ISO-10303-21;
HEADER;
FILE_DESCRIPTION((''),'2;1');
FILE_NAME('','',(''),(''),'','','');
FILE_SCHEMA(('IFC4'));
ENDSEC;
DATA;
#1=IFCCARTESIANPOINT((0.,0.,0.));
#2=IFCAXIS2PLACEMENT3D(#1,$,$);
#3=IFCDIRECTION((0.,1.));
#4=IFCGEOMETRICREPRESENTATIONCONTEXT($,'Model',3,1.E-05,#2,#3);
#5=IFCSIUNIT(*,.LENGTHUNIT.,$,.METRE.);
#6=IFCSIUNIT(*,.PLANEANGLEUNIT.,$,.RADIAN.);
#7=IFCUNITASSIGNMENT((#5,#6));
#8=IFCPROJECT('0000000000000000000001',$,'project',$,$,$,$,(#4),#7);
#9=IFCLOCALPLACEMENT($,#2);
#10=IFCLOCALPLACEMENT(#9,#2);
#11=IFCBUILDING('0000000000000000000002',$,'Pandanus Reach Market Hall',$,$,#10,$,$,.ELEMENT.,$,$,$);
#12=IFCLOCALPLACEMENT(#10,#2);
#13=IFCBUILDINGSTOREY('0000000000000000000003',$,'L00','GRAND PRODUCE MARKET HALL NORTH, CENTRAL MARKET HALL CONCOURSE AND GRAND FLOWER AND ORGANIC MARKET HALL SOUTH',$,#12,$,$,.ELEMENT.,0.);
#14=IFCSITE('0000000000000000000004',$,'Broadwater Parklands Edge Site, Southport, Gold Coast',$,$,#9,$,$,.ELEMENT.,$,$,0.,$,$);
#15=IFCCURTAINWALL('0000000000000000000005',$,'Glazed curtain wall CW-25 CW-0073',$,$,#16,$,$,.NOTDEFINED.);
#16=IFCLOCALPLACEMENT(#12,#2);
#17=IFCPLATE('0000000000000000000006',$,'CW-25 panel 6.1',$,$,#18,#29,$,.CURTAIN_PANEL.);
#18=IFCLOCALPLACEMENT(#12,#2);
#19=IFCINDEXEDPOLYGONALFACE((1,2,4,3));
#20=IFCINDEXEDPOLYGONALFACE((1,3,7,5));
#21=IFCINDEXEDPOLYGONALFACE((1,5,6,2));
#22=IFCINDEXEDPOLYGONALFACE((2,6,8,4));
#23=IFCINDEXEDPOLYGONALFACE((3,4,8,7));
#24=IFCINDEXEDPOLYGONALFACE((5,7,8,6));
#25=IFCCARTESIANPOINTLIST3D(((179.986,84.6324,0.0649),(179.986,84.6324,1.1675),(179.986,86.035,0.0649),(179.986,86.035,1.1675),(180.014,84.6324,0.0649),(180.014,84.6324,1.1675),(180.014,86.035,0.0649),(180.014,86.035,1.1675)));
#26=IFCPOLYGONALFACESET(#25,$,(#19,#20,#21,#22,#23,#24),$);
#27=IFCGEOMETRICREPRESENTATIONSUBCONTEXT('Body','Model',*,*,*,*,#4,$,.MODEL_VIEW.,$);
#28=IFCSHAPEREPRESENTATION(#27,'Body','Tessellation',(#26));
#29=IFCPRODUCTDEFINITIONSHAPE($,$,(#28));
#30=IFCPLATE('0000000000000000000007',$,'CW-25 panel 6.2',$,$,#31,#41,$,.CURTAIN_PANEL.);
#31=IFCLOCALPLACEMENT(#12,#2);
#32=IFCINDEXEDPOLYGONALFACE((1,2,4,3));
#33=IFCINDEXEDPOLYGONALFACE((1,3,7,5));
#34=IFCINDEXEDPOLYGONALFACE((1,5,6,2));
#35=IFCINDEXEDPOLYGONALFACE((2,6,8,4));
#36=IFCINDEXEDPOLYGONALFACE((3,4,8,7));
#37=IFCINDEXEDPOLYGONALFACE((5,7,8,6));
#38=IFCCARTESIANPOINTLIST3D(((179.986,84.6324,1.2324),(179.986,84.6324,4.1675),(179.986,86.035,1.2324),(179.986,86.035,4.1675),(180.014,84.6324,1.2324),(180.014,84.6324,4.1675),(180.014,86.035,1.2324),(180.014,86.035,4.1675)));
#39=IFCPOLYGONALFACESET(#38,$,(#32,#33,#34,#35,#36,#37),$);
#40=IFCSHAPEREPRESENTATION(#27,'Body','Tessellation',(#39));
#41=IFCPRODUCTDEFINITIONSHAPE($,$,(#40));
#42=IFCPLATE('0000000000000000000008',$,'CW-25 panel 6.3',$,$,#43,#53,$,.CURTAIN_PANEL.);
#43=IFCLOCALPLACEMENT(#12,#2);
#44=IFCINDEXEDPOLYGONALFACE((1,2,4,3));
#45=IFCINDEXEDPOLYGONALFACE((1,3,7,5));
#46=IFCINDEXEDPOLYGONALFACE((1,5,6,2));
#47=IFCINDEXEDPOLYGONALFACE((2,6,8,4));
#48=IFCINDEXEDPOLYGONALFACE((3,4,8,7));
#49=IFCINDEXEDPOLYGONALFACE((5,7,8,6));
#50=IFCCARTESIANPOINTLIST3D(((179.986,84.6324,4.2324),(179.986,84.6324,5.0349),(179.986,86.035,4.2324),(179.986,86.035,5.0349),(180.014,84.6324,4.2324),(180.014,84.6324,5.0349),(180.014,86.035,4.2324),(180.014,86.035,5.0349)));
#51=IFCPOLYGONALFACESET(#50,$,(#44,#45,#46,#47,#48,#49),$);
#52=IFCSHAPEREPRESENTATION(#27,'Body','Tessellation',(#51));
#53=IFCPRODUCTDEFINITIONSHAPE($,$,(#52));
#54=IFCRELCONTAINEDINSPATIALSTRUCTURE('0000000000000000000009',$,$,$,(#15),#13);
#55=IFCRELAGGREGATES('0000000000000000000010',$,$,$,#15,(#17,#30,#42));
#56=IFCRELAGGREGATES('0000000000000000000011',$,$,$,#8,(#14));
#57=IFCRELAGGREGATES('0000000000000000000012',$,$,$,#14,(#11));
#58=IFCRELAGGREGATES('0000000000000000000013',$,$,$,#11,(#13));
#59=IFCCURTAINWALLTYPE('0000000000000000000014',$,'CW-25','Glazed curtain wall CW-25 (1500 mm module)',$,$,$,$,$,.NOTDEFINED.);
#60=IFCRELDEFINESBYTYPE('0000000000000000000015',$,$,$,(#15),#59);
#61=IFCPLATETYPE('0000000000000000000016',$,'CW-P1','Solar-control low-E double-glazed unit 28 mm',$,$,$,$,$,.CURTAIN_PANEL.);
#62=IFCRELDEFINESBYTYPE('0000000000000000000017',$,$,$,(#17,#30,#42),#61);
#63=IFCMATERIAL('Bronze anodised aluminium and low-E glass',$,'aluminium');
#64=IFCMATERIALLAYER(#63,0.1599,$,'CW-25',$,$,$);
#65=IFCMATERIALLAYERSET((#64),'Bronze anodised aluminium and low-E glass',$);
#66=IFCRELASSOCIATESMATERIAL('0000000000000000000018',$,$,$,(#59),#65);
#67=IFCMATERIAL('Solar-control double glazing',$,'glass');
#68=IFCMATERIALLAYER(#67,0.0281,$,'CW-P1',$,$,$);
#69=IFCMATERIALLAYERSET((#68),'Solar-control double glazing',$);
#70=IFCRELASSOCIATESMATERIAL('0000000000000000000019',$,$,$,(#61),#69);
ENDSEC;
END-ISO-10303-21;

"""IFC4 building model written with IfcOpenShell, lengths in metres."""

from ifc_helpers import new_model, si_unit, direction, frame, origin, origin_2d, place, context, subcontext, project, spatial, rectangle, extrude, material, layer, layer_set, type_object, element, aggregate, save


model = new_model("IFC4")

# Units and contexts
model_context = context("Model", 3, precision=1e-05, world=origin(), true_north=direction((0.0, 1.0)))
body_context = subcontext(model_context, "Body", "Model", "MODEL_VIEW")
ifc_project = project(units=[si_unit("LENGTHUNIT", "METRE"), si_unit("PLANEANGLEUNIT", "RADIAN")], contexts=[model_context])

# Site, building, storey
site_placement = place(None, origin())
site = spatial("IfcSite", under=ifc_project, at=site_placement, Name="Broadwater Parklands Edge Site, Southport, Gold Coast", CompositionType="ELEMENT", RefElevation=0.0)
building_placement = place(site_placement, origin())
building = spatial("IfcBuilding", under=site, at=building_placement, Name="Pandanus Reach Market Hall", CompositionType="ELEMENT")
storey_placement = place(building_placement, origin())
storey = spatial("IfcBuildingStorey", under=building, at=storey_placement, Name="L00", Description="GRAND PRODUCE MARKET HALL NORTH, CENTRAL MARKET HALL CONCOURSE AND GRAND FLOWER AND ORGANIC MARKET HALL SOUTH", CompositionType="ELEMENT", Elevation=0.0)

# Curtain wall
ifc_material_1 = material(Name="Bronze anodised aluminium and low-E glass", Category="aluminium")
ifc_layer_1 = layer(ifc_material_1, 0.1599, Name="CW-25")
ifc_layer_set_1 = layer_set([ifc_layer_1], Name="Bronze anodised aluminium and low-E glass")
curtain_wall_type = type_object("IfcCurtainWallType", Name="CW-25", Description="Glazed curtain wall CW-25 (1500 mm module)", PredefinedType="NOTDEFINED", material=ifc_layer_set_1)
curtain_wall_placement = place(storey_placement, origin())
curtain_wall = element("IfcCurtainWall", 1, at=curtain_wall_placement, inside=storey, type_object=curtain_wall_type, Name="Glazed curtain wall CW-25 CW-0073", PredefinedType="NOTDEFINED")

# Plates
ifc_material_2 = material(Name="Solar-control double glazing", Category="glass")
ifc_layer_2 = layer(ifc_material_2, 0.0281, Name="CW-P1")
ifc_layer_set_2 = layer_set([ifc_layer_2], Name="Solar-control double glazing")
plate_type = type_object("IfcPlateType", Name="CW-P1", Description="Solar-control low-E double-glazed unit 28 mm", PredefinedType="CURTAIN_PANEL", material=ifc_layer_set_2)
plate_1_placement = place(storey_placement, frame((180.0, 85.3337, 0.0649), z_axis=(0.0, 0.0, 1.0), x_axis=(0.0, 1.0, 0.0)))
plate_1 = element("IfcPlate", 2, at=plate_1_placement, type_object=plate_type, Name="CW-25 panel 6.1", PredefinedType="CURTAIN_PANEL", context=body_context, shape_type="SweptSolid", body=[
    extrude(rectangle(XDim=1.4026, YDim=0.0281, at=origin_2d()), origin(), (0.0, 0.0, 1.0), 1.1025),
])
plate_2_placement = place(storey_placement, frame((180.0, 85.3337, 1.2324), z_axis=(0.0, 0.0, 1.0), x_axis=(0.0, 1.0, 0.0)))
plate_2 = element("IfcPlate", 3, at=plate_2_placement, type_object=plate_type, Name="CW-25 panel 6.2", PredefinedType="CURTAIN_PANEL", context=body_context, shape_type="SweptSolid", body=[
    extrude(rectangle(XDim=1.4026, YDim=0.0281, at=origin_2d()), origin(), (0.0, 0.0, 1.0), 2.9351),
])
plate_3_placement = place(storey_placement, frame((180.0, 85.3337, 4.2324), z_axis=(0.0, 0.0, 1.0), x_axis=(0.0, 1.0, 0.0)))
plate_3 = element("IfcPlate", 4, at=plate_3_placement, type_object=plate_type, Name="CW-25 panel 6.3", PredefinedType="CURTAIN_PANEL", context=body_context, shape_type="SweptSolid", body=[
    extrude(rectangle(XDim=1.4026, YDim=0.0281, at=origin_2d()), origin(), (0.0, 0.0, 1.0), 0.8025),
])
aggregate(curtain_wall, [plate_1, plate_2, plate_3])

save(model, "model.ifc")
